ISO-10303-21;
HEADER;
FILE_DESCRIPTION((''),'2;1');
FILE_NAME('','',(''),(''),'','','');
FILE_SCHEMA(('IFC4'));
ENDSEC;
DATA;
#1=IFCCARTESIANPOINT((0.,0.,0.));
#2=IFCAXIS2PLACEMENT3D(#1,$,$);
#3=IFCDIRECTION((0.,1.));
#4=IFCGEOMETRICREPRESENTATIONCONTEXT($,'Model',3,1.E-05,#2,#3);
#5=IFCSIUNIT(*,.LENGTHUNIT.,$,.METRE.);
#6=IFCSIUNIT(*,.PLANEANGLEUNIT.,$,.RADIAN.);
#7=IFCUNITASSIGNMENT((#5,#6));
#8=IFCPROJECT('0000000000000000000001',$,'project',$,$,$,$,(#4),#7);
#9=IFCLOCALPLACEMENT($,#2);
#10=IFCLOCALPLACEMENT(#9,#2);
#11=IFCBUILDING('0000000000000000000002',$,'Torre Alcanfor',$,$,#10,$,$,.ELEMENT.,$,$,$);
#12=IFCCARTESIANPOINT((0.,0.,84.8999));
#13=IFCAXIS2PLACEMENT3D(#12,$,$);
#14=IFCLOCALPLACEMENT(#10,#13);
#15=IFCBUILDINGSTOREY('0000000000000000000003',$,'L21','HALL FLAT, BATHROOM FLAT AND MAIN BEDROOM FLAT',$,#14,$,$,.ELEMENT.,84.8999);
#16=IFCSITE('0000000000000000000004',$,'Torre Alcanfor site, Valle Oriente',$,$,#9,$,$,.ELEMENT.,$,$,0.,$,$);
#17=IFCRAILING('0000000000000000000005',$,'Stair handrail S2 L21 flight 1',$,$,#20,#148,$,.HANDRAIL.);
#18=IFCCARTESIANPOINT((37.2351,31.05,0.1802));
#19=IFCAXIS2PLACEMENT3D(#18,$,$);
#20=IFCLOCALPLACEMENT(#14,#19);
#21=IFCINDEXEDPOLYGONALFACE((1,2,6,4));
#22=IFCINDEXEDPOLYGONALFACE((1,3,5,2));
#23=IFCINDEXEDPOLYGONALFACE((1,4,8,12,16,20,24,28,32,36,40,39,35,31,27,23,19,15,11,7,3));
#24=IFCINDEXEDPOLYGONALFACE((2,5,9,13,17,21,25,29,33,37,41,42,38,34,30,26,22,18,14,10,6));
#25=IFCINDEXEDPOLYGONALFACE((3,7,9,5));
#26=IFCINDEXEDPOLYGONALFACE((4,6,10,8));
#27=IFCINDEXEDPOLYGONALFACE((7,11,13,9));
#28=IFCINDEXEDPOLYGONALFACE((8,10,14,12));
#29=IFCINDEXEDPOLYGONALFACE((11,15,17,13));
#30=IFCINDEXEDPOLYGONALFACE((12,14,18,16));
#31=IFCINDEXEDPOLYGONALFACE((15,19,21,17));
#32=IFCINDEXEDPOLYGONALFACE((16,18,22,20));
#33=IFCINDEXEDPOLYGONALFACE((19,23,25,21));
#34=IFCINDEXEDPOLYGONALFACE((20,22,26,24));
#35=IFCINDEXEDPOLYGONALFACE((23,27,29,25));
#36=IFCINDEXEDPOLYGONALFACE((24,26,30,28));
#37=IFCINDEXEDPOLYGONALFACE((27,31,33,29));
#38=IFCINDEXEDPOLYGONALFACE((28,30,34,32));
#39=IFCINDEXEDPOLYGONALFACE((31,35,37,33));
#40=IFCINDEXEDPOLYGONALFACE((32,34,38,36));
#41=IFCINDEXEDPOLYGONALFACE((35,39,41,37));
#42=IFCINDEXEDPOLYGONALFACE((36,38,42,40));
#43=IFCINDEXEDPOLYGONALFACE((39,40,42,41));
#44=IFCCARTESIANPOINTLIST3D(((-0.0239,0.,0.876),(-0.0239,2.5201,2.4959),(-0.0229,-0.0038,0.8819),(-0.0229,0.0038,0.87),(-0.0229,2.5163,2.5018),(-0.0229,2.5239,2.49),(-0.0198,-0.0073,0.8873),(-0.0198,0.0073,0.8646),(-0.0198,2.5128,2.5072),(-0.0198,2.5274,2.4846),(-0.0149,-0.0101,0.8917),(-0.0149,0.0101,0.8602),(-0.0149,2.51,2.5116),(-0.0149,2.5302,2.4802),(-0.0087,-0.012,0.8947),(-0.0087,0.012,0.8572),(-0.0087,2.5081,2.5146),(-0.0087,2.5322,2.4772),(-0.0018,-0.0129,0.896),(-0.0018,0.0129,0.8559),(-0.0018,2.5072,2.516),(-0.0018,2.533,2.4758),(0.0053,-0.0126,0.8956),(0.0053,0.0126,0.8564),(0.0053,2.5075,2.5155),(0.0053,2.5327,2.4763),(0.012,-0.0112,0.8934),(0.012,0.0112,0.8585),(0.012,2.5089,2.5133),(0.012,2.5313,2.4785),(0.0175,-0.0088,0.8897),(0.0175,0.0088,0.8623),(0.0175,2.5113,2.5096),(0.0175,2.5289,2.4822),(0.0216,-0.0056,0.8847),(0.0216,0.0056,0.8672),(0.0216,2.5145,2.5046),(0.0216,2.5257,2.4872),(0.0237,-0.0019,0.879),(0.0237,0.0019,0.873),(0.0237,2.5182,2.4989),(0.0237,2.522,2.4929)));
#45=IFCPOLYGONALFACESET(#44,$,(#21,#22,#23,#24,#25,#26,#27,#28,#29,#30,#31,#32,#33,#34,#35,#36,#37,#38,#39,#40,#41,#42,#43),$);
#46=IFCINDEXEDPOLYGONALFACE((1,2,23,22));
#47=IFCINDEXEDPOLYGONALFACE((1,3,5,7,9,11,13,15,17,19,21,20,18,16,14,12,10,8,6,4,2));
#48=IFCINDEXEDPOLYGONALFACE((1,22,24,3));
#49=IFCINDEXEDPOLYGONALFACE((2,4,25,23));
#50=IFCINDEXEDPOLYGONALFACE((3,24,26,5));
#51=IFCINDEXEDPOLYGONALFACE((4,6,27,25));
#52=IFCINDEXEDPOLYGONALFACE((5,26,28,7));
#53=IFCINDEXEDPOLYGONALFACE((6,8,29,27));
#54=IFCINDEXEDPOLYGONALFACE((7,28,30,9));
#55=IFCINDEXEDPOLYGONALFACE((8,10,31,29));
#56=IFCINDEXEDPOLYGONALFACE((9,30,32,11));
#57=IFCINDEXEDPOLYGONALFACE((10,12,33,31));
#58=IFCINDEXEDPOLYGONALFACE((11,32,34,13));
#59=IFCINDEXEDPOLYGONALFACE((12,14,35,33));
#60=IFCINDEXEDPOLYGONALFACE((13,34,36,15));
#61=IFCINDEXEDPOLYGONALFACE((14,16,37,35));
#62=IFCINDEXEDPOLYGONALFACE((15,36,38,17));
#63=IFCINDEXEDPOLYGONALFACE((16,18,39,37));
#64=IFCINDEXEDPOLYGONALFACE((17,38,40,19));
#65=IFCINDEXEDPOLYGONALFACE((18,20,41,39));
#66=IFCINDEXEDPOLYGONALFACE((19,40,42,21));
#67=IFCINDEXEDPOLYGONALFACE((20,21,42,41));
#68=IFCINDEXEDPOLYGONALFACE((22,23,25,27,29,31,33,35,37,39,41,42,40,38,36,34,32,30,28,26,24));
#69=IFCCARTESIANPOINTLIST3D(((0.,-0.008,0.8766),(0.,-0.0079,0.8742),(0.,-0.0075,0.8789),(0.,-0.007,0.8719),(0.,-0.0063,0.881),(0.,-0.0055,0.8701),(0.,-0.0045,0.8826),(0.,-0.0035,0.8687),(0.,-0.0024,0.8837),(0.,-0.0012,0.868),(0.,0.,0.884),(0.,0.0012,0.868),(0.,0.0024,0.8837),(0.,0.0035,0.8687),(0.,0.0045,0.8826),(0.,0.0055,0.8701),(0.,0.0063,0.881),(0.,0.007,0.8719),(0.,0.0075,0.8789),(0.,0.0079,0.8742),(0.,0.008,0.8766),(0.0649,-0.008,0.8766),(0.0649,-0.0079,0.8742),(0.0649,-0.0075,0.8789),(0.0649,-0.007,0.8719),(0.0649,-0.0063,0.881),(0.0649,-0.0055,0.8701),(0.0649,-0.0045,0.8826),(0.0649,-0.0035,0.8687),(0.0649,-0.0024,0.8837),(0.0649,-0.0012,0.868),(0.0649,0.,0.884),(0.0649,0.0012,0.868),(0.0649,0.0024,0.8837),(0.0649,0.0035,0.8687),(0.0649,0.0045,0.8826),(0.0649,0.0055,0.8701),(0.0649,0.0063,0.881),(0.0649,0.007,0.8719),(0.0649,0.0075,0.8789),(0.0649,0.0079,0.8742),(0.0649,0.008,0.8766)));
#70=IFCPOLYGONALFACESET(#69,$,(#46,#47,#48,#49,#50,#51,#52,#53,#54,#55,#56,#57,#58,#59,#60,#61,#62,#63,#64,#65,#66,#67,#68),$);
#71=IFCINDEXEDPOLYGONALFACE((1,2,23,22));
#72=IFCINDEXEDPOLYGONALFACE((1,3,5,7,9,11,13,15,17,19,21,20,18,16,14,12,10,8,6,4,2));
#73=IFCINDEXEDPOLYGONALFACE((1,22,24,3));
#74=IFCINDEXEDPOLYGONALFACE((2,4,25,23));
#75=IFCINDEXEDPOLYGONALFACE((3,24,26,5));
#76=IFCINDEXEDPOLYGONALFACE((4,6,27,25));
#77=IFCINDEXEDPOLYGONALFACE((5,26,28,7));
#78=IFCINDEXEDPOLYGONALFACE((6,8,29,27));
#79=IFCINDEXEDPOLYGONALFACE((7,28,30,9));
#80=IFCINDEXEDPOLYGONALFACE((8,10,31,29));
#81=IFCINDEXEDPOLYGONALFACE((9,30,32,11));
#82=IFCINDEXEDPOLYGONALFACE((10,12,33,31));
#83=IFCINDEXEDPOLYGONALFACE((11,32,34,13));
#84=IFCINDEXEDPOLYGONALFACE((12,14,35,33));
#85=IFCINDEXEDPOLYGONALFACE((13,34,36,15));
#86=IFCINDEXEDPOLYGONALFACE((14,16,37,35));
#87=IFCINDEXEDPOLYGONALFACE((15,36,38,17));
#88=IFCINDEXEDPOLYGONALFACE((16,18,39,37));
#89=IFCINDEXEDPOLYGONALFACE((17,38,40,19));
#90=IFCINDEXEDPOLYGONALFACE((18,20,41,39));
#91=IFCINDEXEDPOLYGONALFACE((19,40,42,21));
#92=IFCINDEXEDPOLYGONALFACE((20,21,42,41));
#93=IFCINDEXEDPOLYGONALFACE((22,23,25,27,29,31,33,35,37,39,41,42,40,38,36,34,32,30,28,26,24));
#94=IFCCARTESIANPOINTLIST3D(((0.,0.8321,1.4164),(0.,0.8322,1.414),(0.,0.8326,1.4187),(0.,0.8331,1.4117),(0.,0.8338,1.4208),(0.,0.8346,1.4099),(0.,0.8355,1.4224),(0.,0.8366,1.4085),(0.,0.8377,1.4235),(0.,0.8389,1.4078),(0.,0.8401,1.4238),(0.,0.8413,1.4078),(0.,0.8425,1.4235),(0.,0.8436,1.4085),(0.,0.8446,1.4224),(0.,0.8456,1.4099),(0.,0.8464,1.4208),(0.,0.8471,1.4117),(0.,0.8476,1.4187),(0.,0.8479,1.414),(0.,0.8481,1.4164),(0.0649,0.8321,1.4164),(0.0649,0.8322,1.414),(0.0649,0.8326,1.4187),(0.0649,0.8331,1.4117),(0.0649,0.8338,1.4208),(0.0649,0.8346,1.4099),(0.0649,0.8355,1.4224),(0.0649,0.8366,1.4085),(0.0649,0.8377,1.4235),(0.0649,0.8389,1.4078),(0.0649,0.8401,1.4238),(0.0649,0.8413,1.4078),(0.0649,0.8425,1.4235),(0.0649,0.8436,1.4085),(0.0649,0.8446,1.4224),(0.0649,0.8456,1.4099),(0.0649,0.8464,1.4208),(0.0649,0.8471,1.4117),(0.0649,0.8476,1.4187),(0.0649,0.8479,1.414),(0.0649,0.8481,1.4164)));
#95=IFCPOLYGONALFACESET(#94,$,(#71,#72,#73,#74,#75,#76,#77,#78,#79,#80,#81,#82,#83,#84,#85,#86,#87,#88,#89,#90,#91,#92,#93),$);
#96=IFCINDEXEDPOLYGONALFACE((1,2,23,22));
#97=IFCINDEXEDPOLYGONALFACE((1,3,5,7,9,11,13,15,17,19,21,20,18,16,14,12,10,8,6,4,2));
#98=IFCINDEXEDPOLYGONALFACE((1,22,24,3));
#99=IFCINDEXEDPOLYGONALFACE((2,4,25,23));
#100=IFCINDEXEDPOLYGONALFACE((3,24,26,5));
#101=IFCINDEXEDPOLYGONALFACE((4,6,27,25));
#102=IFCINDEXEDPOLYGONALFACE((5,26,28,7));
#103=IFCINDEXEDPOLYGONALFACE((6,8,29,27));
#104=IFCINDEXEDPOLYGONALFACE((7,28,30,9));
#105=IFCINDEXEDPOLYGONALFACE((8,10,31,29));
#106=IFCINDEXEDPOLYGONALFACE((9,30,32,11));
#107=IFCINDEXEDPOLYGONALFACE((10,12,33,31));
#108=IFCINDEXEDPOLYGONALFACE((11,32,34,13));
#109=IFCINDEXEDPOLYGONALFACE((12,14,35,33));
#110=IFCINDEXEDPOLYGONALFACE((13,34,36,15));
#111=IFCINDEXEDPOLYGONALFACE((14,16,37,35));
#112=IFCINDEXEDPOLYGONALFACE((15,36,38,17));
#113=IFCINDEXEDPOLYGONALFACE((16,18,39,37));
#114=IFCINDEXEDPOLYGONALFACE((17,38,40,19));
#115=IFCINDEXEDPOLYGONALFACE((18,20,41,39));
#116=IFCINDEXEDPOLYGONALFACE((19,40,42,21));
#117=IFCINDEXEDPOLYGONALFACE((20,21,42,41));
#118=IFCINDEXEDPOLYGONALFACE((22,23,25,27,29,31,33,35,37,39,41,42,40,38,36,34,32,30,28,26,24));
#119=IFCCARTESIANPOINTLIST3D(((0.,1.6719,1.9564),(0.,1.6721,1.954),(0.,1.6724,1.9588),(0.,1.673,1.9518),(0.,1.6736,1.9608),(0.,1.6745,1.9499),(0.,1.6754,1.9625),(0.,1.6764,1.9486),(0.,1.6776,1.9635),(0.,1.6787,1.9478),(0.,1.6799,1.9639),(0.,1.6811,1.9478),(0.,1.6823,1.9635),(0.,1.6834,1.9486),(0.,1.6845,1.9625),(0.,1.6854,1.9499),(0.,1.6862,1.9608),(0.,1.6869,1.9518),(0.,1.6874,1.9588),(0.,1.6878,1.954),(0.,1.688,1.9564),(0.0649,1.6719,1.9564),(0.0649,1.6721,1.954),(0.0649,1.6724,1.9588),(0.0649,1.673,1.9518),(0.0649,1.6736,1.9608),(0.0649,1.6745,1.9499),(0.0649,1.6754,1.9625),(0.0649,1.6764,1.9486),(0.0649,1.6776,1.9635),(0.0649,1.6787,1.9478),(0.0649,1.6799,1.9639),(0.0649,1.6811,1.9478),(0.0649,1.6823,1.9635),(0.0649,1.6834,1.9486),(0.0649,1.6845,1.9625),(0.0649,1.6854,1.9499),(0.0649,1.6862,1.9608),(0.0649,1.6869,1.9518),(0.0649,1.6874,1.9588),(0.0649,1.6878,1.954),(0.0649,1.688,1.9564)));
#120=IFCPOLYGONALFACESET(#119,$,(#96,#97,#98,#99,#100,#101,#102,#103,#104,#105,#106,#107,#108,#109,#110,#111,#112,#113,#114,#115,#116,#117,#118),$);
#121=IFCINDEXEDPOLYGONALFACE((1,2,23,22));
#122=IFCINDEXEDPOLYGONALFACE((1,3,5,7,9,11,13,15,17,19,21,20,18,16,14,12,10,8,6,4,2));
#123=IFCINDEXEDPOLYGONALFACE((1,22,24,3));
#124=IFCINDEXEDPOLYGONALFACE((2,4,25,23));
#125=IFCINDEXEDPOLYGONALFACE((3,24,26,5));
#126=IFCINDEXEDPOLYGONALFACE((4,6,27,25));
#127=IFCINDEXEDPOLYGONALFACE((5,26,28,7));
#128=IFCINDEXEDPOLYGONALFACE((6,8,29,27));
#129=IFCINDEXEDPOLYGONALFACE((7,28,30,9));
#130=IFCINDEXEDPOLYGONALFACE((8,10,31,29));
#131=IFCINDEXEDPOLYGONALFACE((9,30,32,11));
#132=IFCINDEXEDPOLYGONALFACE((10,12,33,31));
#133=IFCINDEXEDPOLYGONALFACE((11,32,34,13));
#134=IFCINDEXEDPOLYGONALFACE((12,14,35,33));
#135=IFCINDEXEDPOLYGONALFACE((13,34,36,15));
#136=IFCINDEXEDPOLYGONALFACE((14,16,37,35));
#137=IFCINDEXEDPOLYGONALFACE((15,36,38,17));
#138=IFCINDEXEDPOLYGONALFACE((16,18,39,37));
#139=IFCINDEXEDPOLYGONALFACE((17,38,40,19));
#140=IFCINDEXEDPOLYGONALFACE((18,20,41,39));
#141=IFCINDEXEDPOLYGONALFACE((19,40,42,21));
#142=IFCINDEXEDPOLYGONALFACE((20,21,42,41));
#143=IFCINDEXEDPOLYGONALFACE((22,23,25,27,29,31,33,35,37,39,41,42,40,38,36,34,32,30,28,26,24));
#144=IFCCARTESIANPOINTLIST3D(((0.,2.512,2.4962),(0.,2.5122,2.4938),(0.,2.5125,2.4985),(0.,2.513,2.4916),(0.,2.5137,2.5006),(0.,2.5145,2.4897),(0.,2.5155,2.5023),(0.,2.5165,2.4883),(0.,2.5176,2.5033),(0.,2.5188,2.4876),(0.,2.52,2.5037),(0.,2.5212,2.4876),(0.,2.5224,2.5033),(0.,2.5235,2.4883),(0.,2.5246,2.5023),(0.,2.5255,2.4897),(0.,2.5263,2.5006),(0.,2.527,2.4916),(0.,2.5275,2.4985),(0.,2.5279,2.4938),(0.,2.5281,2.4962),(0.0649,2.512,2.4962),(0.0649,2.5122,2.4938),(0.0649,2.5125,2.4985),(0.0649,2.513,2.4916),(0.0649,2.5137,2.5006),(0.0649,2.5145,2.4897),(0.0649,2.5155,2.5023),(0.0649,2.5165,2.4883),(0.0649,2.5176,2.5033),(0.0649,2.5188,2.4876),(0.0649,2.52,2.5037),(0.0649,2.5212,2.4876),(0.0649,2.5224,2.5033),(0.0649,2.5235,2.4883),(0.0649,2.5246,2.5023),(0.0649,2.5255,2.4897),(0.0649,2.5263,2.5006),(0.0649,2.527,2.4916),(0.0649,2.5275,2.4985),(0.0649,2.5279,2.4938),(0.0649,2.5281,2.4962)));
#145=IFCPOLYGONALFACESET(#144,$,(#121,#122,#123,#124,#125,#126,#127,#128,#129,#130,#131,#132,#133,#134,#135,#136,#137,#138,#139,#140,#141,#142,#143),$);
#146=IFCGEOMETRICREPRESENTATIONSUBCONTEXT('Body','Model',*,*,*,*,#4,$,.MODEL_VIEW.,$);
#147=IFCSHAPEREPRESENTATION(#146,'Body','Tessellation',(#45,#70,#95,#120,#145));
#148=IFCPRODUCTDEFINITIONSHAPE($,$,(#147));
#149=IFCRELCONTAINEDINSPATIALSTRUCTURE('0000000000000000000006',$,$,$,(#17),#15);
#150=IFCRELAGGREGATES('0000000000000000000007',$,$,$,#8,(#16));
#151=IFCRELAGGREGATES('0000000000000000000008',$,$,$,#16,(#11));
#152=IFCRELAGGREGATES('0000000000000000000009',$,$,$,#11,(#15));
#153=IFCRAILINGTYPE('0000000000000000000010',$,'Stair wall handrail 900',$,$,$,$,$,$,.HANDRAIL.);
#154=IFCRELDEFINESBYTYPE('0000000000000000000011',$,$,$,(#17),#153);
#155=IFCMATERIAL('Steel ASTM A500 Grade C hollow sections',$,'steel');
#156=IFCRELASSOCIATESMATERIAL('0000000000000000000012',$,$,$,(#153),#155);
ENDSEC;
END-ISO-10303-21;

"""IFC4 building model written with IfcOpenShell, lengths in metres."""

from ifc_helpers import new_model, si_unit, direction, frame, origin, origin_2d, place, context, subcontext, project, spatial, circle, extrude, material, type_object, element, save


model = new_model("IFC4")

# Units and contexts
model_context = context("Model", 3, precision=1e-05, world=origin(), true_north=direction((0.0, 1.0)))
body_context = subcontext(model_context, "Body", "Model", "MODEL_VIEW")
ifc_project = project(units=[si_unit("LENGTHUNIT", "METRE"), si_unit("PLANEANGLEUNIT", "RADIAN")], contexts=[model_context])

# Site, building, storey
site_placement = place(None, origin())
site = spatial("IfcSite", under=ifc_project, at=site_placement, Name="Torre Alcanfor site, Valle Oriente", CompositionType="ELEMENT", RefElevation=0.0)
building_placement = place(site_placement, origin())
building = spatial("IfcBuilding", under=site, at=building_placement, Name="Torre Alcanfor", CompositionType="ELEMENT")
storey_placement = place(building_placement, frame((0.0, 0.0, 84.8999)))
storey = spatial("IfcBuildingStorey", under=building, at=storey_placement, Name="L21", Description="HALL FLAT, BATHROOM FLAT AND MAIN BEDROOM FLAT", CompositionType="ELEMENT", Elevation=84.8999)

# Railing
ifc_material_1 = material(Name="Steel ASTM A500 Grade C hollow sections", Category="steel")
railing_type_1 = type_object("IfcRailingType", Name="Stair wall handrail 900", PredefinedType="HANDRAIL", material=ifc_material_1)
railing_1_placement = place(storey_placement, frame((37.2351, 31.05, 0.1802)))
element("IfcRailing", 1, at=railing_1_placement, inside=storey, type_object=railing_type_1, Name="Stair handrail S2 L21 flight 1", PredefinedType="HANDRAIL", context=body_context, shape_type="SweptSolid", body=[
    extrude(circle(Radius=0.0239, at=origin_2d()), frame((0.0, 0.0, 0.876), z_axis=(0.0, 0.8412, 0.540725), x_axis=(-1.0, 0.0, 0.0)), (0.0, 0.0, 1.0), 2.9958),
    extrude(circle(Radius=0.0081, at=origin_2d()), frame((0.0, 0.0, 0.876), z_axis=(1.0, 0.0, 0.0), x_axis=(0.0, 0.0, 1.0)), (0.0, 0.0, 1.0), 0.0649),
    extrude(circle(Radius=0.0081, at=origin_2d()), frame((0.0, 0.8401, 1.4158), z_axis=(1.0, 0.0, 0.0), x_axis=(0.0, 0.0, 1.0)), (0.0, 0.0, 1.0), 0.0649),
    extrude(circle(Radius=0.0081, at=origin_2d()), frame((0.0, 1.6799, 1.9558), z_axis=(1.0, 0.0, 0.0), x_axis=(0.0, 0.0, 1.0)), (0.0, 0.0, 1.0), 0.0649),
    extrude(circle(Radius=0.0081, at=origin_2d()), frame((0.0, 2.52, 2.4956), z_axis=(1.0, 0.0, 0.0), x_axis=(0.0, 0.0, 1.0)), (0.0, 0.0, 1.0), 0.0649),
])

save(model, "model.ifc")
